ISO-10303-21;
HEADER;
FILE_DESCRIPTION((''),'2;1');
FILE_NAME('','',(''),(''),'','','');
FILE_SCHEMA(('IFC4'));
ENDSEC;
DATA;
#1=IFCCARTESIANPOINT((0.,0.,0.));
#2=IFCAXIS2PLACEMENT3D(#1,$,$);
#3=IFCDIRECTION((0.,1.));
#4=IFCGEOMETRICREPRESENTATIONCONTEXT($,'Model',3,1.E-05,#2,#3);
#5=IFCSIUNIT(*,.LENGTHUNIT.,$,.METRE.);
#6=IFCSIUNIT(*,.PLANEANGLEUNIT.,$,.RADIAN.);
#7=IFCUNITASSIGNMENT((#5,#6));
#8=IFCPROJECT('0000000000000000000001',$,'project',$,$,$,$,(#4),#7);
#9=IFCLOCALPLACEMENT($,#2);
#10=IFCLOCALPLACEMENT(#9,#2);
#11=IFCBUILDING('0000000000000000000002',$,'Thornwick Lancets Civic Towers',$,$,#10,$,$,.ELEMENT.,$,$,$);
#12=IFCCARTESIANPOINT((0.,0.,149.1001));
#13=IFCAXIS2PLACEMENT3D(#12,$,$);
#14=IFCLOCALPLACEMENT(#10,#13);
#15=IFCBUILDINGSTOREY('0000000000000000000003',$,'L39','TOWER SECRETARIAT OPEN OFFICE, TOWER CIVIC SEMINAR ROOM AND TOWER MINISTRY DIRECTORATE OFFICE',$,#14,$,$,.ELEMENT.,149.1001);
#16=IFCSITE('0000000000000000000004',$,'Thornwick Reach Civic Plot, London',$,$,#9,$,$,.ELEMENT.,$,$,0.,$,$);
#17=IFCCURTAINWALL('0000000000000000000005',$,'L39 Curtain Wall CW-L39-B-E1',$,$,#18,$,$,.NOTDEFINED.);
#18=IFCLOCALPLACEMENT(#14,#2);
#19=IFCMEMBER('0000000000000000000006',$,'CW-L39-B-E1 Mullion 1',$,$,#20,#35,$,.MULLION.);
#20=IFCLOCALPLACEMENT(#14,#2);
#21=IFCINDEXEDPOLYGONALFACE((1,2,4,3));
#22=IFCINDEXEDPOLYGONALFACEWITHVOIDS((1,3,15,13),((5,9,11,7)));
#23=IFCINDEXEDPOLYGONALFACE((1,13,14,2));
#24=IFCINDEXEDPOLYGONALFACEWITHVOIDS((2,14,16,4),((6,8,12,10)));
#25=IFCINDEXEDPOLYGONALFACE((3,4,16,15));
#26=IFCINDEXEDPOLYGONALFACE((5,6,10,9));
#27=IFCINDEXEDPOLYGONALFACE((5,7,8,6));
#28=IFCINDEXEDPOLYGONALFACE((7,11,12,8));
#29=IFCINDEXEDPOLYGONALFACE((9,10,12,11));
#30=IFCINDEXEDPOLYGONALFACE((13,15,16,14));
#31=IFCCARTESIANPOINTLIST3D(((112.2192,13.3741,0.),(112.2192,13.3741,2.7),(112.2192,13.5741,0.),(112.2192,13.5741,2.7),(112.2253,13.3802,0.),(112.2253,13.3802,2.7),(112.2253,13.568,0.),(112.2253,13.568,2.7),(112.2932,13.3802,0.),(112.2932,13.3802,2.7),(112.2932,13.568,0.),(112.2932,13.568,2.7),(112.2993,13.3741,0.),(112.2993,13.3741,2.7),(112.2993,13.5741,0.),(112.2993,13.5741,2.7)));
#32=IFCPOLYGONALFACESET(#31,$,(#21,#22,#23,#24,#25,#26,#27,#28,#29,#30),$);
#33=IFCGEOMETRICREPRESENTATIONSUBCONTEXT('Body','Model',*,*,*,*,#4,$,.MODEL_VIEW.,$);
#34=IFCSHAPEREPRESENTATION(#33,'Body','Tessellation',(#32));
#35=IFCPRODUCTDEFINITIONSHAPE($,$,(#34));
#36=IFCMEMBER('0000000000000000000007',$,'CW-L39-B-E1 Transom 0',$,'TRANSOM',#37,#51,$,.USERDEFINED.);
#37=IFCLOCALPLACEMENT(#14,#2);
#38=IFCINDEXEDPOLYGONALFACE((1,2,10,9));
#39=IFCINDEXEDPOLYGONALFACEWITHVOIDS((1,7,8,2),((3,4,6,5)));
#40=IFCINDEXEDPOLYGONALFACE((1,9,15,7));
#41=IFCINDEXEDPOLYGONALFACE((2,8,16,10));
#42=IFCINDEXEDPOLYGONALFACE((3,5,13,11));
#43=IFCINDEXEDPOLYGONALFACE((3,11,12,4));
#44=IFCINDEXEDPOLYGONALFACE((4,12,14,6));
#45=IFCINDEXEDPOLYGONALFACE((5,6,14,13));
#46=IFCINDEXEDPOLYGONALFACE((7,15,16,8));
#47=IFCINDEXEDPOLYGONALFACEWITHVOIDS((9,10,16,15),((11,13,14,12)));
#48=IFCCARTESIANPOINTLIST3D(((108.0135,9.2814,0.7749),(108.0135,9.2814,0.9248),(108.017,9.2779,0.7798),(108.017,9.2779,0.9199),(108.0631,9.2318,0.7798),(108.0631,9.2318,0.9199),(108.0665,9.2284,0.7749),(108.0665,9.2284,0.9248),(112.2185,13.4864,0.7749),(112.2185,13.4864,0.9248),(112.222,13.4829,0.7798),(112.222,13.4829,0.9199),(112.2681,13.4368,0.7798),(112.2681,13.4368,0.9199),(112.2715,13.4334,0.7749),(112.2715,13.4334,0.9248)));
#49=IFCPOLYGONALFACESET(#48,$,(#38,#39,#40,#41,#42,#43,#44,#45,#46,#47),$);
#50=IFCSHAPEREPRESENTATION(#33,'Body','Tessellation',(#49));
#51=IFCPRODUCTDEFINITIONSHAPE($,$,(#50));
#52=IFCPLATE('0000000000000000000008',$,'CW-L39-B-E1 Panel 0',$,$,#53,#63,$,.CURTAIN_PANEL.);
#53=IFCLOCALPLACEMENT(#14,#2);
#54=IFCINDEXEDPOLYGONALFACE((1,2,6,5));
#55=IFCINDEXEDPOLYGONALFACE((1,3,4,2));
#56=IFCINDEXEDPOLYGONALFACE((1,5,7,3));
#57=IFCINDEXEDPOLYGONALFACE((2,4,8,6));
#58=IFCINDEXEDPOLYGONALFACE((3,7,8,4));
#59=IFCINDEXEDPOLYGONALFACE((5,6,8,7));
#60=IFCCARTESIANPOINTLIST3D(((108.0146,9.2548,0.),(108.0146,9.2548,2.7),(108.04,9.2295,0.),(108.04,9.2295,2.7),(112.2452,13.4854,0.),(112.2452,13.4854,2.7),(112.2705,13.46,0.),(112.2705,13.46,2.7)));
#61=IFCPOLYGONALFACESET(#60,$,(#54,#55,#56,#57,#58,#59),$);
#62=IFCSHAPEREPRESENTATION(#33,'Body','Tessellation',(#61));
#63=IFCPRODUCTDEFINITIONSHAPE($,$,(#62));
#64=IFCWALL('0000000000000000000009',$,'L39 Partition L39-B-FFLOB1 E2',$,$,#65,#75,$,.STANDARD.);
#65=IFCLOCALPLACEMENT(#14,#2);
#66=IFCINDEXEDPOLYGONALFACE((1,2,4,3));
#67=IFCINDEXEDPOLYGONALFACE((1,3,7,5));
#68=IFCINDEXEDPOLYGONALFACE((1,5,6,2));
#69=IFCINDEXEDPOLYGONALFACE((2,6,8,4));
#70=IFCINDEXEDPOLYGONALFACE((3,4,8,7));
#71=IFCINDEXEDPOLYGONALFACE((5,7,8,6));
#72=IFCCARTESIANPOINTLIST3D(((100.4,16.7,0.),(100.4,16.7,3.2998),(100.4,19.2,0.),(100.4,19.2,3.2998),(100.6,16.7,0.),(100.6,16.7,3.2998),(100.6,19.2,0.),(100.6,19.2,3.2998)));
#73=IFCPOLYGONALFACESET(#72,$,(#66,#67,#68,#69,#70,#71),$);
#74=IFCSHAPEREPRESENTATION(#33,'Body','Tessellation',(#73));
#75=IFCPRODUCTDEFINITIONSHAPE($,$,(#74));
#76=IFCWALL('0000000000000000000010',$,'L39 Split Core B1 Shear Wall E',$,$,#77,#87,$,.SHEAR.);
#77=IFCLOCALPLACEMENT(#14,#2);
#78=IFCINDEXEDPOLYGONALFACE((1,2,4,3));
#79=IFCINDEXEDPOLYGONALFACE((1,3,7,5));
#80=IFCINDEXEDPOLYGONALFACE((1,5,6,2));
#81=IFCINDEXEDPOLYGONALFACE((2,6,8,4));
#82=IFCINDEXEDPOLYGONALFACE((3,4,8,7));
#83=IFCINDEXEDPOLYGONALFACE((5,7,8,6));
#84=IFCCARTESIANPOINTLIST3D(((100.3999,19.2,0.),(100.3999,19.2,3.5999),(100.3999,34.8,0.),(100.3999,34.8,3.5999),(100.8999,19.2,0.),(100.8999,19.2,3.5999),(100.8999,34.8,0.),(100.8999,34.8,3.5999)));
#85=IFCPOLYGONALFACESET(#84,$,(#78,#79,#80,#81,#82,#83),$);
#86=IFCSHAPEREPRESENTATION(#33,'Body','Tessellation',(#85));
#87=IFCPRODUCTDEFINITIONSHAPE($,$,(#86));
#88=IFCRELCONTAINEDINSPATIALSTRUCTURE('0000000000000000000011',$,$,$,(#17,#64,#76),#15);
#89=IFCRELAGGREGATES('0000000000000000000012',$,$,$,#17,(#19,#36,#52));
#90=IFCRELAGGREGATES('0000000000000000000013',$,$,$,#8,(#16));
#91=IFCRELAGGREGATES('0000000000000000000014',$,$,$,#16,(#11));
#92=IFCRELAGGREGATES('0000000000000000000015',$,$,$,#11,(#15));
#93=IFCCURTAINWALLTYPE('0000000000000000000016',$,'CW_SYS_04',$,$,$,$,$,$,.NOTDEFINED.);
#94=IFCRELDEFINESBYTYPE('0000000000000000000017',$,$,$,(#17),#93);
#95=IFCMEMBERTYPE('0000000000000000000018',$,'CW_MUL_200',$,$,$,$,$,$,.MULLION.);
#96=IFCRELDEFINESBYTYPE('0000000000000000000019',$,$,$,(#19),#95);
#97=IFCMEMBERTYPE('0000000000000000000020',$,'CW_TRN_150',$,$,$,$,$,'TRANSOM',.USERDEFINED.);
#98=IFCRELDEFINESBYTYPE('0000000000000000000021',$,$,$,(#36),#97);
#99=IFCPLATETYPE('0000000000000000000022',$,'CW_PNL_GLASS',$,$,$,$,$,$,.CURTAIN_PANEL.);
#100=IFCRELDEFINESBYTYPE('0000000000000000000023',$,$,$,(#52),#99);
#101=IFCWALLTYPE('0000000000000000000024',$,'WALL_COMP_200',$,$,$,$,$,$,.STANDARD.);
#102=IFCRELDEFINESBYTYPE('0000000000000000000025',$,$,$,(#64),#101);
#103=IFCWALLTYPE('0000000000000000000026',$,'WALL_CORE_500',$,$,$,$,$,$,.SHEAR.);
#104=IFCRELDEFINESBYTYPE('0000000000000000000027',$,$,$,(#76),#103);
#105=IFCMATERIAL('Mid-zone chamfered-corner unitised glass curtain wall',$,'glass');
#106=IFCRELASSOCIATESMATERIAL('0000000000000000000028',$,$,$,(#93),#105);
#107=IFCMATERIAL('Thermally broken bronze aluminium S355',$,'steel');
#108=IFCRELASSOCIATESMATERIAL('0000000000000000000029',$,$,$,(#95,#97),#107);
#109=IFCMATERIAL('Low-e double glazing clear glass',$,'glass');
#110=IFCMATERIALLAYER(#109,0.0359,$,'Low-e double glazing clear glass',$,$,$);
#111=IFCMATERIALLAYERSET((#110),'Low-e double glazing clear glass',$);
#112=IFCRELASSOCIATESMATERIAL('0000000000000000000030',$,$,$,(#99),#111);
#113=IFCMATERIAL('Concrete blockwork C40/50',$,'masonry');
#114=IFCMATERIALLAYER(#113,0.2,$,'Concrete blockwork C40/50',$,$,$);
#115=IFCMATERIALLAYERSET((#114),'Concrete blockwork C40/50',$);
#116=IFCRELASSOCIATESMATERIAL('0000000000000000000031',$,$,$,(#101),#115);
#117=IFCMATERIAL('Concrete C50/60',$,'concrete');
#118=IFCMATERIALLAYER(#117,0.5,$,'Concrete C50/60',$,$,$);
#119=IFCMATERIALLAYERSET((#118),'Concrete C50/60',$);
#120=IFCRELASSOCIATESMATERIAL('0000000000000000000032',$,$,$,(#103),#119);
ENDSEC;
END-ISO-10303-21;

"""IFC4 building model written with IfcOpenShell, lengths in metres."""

from ifc_helpers import new_model, si_unit, direction, frame, frame_2d, origin, origin_2d, place, context, subcontext, project, spatial, rectangle, hollow_rectangle, extrude, material, layer, layer_set, material_profile, profile_set, type_object, element, aggregate, save


model = new_model("IFC4")

# Units and contexts
model_context = context("Model", 3, precision=1e-05, world=origin(), true_north=direction((0.0, 1.0)))
body_context = subcontext(model_context, "Body", "Model", "MODEL_VIEW")
ifc_project = project(units=[si_unit("LENGTHUNIT", "METRE"), si_unit("PLANEANGLEUNIT", "RADIAN")], contexts=[model_context])

# Site, building, storey
site_placement = place(None, origin())
site = spatial("IfcSite", under=ifc_project, at=site_placement, Name="Thornwick Reach Civic Plot, London", CompositionType="ELEMENT", RefElevation=0.0)
building_placement = place(site_placement, origin())
building = spatial("IfcBuilding", under=site, at=building_placement, Name="Thornwick Lancets Civic Towers", CompositionType="ELEMENT")
storey_placement = place(building_placement, frame((0.0, 0.0, 149.1001)))
storey = spatial("IfcBuildingStorey", under=building, at=storey_placement, Name="L39", Description="TOWER SECRETARIAT OPEN OFFICE, TOWER CIVIC SEMINAR ROOM AND TOWER MINISTRY DIRECTORATE OFFICE", CompositionType="ELEMENT", Elevation=149.1001)

# Shared definitions
ifc_material_1 = material(Name="Concrete C50/60", Category="concrete")

# Curtain wall, members, plate
ifc_material_2 = material(Name="Mid-zone chamfered-corner unitised glass curtain wall", Category="glass")
curtain_wall_type = type_object("IfcCurtainWallType", Name="CW_SYS_04", PredefinedType="NOTDEFINED", material=ifc_material_2)
curtain_wall_placement = place(storey_placement, origin())
curtain_wall = element("IfcCurtainWall", 1, at=curtain_wall_placement, inside=storey, type_object=curtain_wall_type, Name="L39 Curtain Wall CW-L39-B-E1", PredefinedType="NOTDEFINED")
ifc_material_3 = material(Name="Thermally broken bronze aluminium S355", Category="steel")
ifc_material_profile_1 = material_profile(ifc_material_3, hollow_rectangle(XDim=0.0801, YDim=0.2, WallThickness=0.0061, at=origin_2d()), Name="RHS 200x80x6")
ifc_profile_set_1 = profile_set([ifc_material_profile_1], Name="Thermally broken bronze aluminium S355")
member_type_1 = type_object("IfcMemberType", Name="CW_MUL_200", PredefinedType="MULLION", material=ifc_profile_set_1)
member_1_placement = place(storey_placement, frame((112.2593, 13.4741, 0.0), z_axis=(0.0, 0.0, 1.0), x_axis=(1.0, 0.0, 0.0)))
member_1 = element("IfcMember", 2, at=member_1_placement, type_object=member_type_1, Name="CW-L39-B-E1 Mullion 1", PredefinedType="MULLION", context=body_context, shape_type="SweptSolid", body=[
    extrude(hollow_rectangle(XDim=0.0801, YDim=0.2, WallThickness=0.0061, at=origin_2d()), origin(), (0.0, 0.0, 1.0), 2.7),
])
ifc_material_profile_2 = material_profile(ifc_material_3, hollow_rectangle(XDim=0.075, YDim=0.1499, WallThickness=0.0049, at=origin_2d()), Name="RHS 150x75x5")
ifc_profile_set_2 = profile_set([ifc_material_profile_2], Name="Thermally broken bronze aluminium S355")
member_type_2 = type_object("IfcMemberType", Name="CW_TRN_150", ElementType="TRANSOM", PredefinedType="USERDEFINED", material=ifc_profile_set_2)
member_2_placement = place(storey_placement, frame((108.04, 9.2549, 0.8499), z_axis=(0.707107, 0.707107, 0.0), x_axis=(-0.707107, 0.707107, 0.0)))
member_2 = element("IfcMember", 3, at=member_2_placement, type_object=member_type_2, Name="CW-L39-B-E1 Transom 0", ObjectType="TRANSOM", PredefinedType="USERDEFINED", context=body_context, shape_type="SweptSolid", body=[
    extrude(hollow_rectangle(XDim=0.075, YDim=0.1499, WallThickness=0.0049, at=origin_2d()), origin(), (0.0, 0.0, 1.0), 5.9468),
])
ifc_material_4 = material(Name="Low-e double glazing clear glass", Category="glass")
ifc_layer_1 = layer(ifc_material_4, 0.0359, Name="Low-e double glazing clear glass")
ifc_layer_set_1 = layer_set([ifc_layer_1], Name="Low-e double glazing clear glass")
plate_type = type_object("IfcPlateType", Name="CW_PNL_GLASS", PredefinedType="CURTAIN_PANEL", material=ifc_layer_set_1)
plate_placement = place(storey_placement, frame((110.1426, 11.3574, 0.0), z_axis=(0.0, 0.0, 1.0), x_axis=(0.707107, 0.707107, 0.0)))
plate = element("IfcPlate", 4, at=plate_placement, type_object=plate_type, Name="CW-L39-B-E1 Panel 0", PredefinedType="CURTAIN_PANEL", context=body_context, shape_type="SweptSolid", body=[
    extrude(rectangle(XDim=5.9829, YDim=0.0359, at=origin_2d()), origin(), (0.0, 0.0, 1.0), 2.7),
])
aggregate(curtain_wall, [member_1, member_2, plate])

# Walls
ifc_material_5 = material(Name="Concrete blockwork C40/50", Category="masonry")
ifc_layer_2 = layer(ifc_material_5, 0.2, Name="Concrete blockwork C40/50")
ifc_layer_set_2 = layer_set([ifc_layer_2], Name="Concrete blockwork C40/50")
wall_type_1 = type_object("IfcWallType", Name="WALL_COMP_200", PredefinedType="STANDARD", material=ifc_layer_set_2)
wall_1_placement = place(storey_placement, frame((100.5, 16.7, 0.0), z_axis=(0.0, 0.0, 1.0), x_axis=(0.0, 1.0, 0.0)))
element("IfcWall", 5, at=wall_1_placement, inside=storey, type_object=wall_type_1, Name="L39 Partition L39-B-FFLOB1 E2", PredefinedType="STANDARD", context=body_context, shape_type="SweptSolid", body=[
    extrude(rectangle(XDim=2.5, YDim=0.2, at=frame_2d((1.25, 0.0))), origin(), (0.0, 0.0, 1.0), 3.2998),
])
ifc_layer_3 = layer(ifc_material_1, 0.5, Name="Concrete C50/60")
ifc_layer_set_3 = layer_set([ifc_layer_3], Name="Concrete C50/60")
wall_type_2 = type_object("IfcWallType", Name="WALL_CORE_500", PredefinedType="SHEAR", material=ifc_layer_set_3)
wall_2_placement = place(storey_placement, frame((100.6499, 19.2, 0.0), z_axis=(0.0, 0.0, 1.0), x_axis=(0.0, 1.0, 0.0)))
element("IfcWall", 6, at=wall_2_placement, inside=storey, type_object=wall_type_2, Name="L39 Split Core B1 Shear Wall E", PredefinedType="SHEAR", context=body_context, shape_type="SweptSolid", body=[
    extrude(rectangle(XDim=15.6001, YDim=0.5, at=frame_2d((7.8, 0.0))), origin(), (0.0, 0.0, 1.0), 3.5999),
])

save(model, "model.ifc")
